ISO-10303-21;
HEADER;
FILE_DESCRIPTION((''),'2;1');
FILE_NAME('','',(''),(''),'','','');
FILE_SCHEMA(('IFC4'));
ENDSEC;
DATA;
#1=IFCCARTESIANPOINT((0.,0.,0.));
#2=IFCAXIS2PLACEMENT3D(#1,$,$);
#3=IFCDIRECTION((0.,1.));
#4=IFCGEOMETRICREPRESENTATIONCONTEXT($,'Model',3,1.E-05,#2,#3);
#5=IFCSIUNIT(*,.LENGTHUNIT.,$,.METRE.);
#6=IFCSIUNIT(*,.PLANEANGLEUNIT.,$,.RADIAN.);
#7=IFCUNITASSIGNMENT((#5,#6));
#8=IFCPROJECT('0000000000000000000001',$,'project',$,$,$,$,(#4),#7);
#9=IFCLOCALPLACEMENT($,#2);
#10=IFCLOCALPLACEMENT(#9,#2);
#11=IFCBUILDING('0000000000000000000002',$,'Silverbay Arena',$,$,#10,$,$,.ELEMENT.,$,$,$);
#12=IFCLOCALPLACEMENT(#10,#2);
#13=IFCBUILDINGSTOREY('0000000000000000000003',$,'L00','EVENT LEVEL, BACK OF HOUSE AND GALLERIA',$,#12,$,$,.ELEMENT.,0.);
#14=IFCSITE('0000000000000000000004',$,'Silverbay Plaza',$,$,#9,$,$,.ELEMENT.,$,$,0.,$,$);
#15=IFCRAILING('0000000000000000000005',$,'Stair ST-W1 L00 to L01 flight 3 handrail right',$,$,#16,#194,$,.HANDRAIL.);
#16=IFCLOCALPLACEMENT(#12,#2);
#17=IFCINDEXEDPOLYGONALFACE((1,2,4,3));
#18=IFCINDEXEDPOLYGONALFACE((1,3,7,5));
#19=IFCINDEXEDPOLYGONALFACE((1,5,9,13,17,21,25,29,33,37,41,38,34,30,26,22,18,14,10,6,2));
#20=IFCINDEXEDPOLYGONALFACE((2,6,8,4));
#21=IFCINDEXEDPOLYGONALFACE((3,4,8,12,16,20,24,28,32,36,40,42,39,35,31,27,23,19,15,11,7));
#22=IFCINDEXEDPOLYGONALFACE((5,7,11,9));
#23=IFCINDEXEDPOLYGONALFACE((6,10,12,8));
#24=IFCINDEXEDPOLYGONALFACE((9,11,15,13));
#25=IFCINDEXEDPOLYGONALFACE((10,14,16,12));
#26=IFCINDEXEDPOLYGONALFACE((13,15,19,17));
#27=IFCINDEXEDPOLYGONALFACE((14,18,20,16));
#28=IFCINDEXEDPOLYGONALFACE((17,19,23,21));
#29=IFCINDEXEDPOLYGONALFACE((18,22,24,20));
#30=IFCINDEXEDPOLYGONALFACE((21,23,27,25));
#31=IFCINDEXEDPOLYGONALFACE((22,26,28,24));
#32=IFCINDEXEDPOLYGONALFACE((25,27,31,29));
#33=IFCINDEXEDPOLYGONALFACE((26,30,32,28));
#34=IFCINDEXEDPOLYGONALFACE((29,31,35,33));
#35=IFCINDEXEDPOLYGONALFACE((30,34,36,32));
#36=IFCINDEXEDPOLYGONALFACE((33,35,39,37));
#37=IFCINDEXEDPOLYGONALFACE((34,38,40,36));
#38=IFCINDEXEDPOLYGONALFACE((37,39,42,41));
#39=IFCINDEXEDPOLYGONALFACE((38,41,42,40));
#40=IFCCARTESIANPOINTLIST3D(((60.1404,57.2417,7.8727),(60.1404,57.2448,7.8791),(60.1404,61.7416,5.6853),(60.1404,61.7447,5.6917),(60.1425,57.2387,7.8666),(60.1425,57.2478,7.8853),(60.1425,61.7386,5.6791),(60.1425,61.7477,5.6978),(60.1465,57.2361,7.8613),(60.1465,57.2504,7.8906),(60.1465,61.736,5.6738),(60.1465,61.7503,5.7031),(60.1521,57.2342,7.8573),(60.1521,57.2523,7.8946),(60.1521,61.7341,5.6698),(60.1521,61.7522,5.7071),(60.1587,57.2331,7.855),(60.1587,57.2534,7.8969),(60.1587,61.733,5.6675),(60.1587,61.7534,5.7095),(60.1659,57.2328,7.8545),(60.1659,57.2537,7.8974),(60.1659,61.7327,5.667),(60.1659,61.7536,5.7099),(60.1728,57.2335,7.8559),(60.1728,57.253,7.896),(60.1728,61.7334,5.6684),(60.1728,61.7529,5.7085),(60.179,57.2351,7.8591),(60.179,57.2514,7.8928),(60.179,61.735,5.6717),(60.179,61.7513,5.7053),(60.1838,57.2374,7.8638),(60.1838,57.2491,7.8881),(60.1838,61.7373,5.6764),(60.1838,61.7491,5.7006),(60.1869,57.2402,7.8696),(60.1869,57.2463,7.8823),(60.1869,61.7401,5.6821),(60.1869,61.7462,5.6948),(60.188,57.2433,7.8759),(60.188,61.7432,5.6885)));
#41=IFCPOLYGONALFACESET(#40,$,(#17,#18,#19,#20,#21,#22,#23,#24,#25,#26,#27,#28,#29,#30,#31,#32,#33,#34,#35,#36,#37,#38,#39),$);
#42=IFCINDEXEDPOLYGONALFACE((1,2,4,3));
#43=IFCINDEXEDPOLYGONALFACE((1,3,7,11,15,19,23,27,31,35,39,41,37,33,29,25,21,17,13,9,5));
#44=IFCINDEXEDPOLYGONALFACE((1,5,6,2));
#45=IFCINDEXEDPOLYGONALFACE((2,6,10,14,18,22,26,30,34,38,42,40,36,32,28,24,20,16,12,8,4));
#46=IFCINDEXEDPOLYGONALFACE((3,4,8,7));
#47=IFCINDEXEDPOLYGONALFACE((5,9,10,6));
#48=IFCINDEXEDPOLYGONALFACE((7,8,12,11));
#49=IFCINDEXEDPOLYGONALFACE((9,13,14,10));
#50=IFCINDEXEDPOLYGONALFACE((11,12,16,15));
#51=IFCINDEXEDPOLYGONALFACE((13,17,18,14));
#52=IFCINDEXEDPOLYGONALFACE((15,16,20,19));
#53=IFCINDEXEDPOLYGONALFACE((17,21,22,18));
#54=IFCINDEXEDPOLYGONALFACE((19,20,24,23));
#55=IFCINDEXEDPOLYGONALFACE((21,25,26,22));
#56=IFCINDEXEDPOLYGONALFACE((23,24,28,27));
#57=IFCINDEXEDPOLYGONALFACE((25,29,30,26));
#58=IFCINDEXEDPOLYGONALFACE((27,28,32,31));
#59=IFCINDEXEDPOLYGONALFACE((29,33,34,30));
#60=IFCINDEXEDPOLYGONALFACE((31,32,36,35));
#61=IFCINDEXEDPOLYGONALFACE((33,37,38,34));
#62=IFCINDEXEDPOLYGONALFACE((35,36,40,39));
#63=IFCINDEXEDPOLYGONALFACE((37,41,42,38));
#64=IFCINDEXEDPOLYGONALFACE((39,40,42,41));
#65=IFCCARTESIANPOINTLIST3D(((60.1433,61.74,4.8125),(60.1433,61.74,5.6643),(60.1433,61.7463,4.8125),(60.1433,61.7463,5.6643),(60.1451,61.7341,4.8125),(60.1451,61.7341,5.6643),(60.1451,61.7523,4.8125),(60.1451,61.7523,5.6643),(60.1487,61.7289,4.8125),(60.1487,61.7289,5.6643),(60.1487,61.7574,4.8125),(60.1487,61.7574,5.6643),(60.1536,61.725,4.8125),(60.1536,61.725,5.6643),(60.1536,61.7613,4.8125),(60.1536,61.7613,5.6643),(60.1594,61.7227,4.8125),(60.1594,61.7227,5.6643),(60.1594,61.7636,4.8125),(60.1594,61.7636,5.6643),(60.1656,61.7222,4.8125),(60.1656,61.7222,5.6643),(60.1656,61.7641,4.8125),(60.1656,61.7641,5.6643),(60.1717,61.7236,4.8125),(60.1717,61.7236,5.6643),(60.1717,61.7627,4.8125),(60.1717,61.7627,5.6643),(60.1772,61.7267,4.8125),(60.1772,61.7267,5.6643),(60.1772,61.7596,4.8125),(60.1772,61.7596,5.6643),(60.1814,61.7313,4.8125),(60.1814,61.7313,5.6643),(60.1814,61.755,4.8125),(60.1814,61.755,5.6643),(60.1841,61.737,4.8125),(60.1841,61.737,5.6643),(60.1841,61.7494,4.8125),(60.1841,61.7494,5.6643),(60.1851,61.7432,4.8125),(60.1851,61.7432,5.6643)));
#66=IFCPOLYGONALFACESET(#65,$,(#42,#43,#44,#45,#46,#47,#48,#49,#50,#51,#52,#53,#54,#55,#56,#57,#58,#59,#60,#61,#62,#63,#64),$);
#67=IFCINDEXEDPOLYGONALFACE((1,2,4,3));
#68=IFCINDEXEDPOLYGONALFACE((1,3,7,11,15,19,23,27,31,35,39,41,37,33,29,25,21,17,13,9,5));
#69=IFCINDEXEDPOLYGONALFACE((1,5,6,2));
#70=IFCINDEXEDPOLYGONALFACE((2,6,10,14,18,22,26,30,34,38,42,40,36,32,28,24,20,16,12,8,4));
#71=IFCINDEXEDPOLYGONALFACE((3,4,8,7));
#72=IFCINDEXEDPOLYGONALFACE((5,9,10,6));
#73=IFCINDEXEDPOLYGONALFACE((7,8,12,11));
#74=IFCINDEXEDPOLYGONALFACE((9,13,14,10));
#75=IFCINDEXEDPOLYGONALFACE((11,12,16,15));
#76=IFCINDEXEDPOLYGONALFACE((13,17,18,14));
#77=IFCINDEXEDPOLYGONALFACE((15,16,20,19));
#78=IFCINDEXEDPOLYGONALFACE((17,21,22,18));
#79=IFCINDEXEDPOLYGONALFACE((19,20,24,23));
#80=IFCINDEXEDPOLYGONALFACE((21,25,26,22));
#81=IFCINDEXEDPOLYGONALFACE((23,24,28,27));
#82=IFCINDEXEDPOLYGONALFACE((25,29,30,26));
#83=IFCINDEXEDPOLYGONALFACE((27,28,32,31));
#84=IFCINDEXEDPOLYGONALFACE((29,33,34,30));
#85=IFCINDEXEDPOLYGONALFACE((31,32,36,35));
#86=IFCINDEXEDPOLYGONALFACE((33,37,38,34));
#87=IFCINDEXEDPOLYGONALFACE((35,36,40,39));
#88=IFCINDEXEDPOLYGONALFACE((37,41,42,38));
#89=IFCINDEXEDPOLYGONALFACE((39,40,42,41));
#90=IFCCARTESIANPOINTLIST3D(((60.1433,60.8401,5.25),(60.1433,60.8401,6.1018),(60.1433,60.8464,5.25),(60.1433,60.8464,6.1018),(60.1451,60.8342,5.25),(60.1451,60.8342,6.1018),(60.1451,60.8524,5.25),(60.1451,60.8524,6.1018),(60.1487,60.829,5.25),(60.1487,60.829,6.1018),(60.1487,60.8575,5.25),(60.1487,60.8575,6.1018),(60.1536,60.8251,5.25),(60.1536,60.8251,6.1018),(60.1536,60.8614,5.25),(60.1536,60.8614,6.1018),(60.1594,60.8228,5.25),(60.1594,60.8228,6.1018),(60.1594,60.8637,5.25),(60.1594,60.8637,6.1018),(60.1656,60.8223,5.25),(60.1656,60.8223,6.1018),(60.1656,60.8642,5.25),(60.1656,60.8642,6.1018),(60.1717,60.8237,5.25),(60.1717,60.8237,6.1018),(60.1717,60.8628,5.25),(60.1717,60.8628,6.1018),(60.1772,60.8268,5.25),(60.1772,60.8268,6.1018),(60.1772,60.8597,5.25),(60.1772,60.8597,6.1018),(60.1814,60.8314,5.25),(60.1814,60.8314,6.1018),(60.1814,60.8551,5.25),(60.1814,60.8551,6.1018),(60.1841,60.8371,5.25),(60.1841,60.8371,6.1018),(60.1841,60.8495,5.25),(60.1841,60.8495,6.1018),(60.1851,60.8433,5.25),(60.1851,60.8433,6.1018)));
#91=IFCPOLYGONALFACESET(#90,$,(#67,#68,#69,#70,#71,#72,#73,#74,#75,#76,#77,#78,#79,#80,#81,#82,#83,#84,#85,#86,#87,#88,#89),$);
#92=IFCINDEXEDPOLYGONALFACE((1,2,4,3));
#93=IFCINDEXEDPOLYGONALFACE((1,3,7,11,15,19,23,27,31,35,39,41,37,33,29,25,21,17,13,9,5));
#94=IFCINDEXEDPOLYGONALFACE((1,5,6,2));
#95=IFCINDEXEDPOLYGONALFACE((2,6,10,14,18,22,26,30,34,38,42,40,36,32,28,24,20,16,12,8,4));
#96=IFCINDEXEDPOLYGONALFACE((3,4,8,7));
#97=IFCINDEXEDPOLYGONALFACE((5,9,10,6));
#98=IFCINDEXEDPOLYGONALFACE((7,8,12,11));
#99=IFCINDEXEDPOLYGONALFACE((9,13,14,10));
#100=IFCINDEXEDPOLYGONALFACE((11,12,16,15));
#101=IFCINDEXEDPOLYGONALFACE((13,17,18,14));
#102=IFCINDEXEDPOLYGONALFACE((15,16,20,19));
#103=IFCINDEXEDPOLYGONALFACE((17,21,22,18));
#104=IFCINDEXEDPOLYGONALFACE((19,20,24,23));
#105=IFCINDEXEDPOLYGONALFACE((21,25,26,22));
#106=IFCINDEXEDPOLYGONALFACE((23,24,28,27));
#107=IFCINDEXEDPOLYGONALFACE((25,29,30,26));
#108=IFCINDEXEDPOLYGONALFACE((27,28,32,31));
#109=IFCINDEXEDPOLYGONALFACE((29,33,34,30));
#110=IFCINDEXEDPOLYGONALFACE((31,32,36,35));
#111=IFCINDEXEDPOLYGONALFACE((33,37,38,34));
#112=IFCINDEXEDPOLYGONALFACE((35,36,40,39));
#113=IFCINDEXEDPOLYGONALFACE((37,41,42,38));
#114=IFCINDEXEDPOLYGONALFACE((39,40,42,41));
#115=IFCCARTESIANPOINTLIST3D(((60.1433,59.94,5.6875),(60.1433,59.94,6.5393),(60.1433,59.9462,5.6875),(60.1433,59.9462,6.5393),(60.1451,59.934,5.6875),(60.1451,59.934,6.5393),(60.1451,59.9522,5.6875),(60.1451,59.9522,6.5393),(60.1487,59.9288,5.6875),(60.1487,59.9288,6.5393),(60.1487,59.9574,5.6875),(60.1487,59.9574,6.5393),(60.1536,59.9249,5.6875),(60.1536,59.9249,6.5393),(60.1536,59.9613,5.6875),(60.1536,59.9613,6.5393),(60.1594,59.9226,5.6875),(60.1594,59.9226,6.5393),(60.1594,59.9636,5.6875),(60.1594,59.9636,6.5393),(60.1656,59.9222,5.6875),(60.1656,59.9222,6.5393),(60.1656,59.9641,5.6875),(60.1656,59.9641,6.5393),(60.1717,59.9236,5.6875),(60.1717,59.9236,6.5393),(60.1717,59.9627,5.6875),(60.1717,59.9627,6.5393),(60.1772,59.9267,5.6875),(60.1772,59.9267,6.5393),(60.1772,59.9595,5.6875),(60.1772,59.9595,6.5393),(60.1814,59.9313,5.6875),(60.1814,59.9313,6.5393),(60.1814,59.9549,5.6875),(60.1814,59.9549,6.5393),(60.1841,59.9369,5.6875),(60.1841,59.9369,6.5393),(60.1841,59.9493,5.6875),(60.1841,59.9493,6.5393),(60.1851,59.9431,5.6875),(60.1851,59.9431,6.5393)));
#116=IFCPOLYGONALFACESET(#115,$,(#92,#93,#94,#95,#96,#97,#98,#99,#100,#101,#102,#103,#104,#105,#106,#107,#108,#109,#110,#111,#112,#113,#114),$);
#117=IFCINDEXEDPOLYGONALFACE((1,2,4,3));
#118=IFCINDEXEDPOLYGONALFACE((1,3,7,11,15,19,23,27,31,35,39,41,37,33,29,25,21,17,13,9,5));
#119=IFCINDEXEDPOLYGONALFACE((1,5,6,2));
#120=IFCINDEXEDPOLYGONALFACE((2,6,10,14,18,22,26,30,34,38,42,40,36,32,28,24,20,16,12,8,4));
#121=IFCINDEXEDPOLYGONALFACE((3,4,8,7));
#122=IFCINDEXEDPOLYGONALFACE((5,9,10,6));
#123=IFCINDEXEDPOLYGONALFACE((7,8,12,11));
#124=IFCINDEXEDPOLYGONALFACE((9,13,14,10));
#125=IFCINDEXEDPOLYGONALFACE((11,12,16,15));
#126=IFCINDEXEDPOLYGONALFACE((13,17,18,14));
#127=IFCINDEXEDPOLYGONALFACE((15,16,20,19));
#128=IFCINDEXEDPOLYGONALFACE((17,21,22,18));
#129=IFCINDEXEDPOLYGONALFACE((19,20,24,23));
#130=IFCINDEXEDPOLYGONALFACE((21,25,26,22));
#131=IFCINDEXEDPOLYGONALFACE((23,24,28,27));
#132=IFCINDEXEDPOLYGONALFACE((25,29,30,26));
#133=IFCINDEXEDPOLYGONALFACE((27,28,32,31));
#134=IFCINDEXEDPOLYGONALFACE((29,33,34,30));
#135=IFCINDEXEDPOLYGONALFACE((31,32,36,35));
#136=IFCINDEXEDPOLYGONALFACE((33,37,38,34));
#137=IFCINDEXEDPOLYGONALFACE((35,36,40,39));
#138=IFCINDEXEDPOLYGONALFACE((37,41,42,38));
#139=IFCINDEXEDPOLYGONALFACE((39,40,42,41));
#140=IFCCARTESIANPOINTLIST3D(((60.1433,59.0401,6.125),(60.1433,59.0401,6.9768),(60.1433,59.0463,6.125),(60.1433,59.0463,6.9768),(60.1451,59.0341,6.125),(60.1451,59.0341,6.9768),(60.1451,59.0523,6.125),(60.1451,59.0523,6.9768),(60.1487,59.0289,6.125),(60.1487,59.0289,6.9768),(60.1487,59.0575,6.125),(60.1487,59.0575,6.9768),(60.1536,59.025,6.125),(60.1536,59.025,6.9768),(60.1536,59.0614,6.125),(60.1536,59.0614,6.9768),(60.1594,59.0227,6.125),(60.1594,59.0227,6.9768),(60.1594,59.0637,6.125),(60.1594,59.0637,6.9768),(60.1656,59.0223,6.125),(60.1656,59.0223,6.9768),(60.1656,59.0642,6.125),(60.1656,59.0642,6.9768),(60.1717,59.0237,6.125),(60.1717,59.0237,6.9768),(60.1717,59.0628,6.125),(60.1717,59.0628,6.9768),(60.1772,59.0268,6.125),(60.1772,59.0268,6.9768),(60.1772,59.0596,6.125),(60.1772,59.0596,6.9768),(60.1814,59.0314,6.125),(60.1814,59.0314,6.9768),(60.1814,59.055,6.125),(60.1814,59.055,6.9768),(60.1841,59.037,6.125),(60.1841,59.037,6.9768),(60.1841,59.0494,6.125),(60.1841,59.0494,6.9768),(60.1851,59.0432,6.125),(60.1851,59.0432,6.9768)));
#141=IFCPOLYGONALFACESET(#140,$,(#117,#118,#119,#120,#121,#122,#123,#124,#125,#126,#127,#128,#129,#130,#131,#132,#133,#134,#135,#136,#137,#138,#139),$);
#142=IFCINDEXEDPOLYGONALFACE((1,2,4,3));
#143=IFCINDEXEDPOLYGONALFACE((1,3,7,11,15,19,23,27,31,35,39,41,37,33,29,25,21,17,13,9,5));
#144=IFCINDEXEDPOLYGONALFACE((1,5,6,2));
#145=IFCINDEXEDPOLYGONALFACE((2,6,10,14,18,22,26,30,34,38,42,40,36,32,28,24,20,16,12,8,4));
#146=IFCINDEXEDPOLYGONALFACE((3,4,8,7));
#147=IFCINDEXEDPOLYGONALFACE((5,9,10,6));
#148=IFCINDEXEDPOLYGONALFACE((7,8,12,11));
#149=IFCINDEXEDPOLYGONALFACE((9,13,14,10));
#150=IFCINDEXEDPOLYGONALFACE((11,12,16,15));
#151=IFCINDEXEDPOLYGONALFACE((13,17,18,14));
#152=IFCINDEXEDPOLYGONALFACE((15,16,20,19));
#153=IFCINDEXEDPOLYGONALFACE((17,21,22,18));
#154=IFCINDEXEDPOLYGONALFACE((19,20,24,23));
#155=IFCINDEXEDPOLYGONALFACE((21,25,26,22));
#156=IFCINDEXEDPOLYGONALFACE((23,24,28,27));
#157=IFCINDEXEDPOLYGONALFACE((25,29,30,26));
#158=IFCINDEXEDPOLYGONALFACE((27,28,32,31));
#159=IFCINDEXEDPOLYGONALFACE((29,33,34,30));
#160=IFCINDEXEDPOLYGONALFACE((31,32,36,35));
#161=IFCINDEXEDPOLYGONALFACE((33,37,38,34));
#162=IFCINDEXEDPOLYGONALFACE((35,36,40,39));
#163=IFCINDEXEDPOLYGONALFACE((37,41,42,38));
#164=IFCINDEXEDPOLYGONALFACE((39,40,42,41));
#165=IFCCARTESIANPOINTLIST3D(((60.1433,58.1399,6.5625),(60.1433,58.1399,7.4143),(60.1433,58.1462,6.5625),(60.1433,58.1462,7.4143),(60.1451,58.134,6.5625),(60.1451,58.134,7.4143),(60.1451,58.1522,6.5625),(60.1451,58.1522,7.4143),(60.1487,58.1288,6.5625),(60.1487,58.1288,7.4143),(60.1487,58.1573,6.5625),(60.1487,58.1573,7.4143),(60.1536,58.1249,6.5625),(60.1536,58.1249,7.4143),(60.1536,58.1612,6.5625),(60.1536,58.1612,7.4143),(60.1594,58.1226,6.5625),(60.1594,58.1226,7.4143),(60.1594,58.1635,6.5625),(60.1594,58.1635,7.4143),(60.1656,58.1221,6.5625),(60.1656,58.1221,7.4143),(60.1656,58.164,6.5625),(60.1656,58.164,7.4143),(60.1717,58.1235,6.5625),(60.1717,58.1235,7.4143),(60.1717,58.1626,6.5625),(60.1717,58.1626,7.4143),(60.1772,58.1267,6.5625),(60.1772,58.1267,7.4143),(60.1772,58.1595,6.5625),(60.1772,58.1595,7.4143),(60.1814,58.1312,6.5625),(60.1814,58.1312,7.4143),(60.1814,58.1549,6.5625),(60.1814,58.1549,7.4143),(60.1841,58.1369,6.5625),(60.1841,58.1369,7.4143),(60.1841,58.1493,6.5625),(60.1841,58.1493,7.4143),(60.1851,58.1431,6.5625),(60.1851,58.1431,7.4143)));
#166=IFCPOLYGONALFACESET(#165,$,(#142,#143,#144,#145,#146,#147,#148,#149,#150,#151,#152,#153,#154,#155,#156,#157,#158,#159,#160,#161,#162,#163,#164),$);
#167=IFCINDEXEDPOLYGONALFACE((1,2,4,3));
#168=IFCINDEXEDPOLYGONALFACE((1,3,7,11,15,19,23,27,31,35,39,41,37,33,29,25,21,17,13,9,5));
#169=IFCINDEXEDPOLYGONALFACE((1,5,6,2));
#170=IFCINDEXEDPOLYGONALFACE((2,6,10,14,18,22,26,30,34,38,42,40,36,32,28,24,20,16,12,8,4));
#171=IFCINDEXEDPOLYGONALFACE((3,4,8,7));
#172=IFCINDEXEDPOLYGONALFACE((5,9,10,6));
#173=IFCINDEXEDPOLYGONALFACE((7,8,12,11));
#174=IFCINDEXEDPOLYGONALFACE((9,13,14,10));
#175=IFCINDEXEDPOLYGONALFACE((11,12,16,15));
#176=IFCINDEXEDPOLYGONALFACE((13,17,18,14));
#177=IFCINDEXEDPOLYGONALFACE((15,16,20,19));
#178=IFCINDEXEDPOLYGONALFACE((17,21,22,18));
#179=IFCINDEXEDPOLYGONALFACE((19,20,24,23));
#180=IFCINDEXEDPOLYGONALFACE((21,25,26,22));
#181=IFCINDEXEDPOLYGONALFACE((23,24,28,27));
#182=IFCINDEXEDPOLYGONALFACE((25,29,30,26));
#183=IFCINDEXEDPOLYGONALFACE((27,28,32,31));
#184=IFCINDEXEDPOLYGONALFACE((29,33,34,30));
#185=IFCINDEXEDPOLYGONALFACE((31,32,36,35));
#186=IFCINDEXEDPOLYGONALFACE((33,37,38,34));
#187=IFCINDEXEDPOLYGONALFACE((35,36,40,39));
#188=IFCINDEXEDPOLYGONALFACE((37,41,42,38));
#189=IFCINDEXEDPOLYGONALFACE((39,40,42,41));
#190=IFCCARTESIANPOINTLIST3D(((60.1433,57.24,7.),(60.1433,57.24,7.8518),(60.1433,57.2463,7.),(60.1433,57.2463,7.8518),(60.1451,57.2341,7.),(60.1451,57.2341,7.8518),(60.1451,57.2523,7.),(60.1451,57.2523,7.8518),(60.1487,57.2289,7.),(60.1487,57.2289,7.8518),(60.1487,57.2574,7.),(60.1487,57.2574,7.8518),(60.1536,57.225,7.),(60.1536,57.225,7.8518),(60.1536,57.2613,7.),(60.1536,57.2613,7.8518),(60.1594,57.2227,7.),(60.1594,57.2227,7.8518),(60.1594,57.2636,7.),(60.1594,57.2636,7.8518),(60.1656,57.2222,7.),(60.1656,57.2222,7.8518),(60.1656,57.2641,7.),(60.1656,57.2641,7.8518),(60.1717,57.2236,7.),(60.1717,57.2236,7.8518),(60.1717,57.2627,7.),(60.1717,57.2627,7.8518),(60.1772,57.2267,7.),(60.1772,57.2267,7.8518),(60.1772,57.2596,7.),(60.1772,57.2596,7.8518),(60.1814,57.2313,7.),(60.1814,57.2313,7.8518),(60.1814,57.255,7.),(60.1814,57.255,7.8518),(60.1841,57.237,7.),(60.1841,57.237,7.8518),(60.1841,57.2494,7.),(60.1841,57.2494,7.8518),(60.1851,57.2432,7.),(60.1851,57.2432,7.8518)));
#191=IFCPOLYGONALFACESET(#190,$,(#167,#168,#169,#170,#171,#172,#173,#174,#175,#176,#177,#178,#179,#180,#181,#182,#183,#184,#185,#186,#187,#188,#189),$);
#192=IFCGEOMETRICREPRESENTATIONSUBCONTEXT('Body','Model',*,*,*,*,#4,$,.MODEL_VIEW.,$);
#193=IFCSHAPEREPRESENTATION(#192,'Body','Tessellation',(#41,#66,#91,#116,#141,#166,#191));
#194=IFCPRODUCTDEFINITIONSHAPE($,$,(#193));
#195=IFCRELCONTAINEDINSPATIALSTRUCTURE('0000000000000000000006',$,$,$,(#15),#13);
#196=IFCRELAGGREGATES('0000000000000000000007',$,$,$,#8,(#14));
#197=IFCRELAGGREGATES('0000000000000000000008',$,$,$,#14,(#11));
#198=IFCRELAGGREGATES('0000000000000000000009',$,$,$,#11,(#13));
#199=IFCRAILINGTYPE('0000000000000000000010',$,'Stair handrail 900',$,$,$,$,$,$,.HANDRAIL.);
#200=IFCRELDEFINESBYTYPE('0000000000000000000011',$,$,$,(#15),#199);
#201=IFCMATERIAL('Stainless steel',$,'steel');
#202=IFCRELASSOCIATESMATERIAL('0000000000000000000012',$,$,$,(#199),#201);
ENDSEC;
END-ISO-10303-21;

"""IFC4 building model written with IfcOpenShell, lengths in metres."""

from ifc_helpers import new_model, si_unit, direction, frame, origin, origin_2d, place, context, subcontext, project, spatial, circle, extrude, material, type_object, element, save


model = new_model("IFC4")

# Units and contexts
model_context = context("Model", 3, precision=1e-05, world=origin(), true_north=direction((0.0, 1.0)))
body_context = subcontext(model_context, "Body", "Model", "MODEL_VIEW")
ifc_project = project(units=[si_unit("LENGTHUNIT", "METRE"), si_unit("PLANEANGLEUNIT", "RADIAN")], contexts=[model_context])

# Site, building, storey
site_placement = place(None, origin())
site = spatial("IfcSite", under=ifc_project, at=site_placement, Name="Silverbay Plaza", CompositionType="ELEMENT", RefElevation=0.0)
building_placement = place(site_placement, origin())
building = spatial("IfcBuilding", under=site, at=building_placement, Name="Silverbay Arena", CompositionType="ELEMENT")
storey_placement = place(building_placement, origin())
storey = spatial("IfcBuildingStorey", under=building, at=storey_placement, Name="L00", Description="EVENT LEVEL, BACK OF HOUSE AND GALLERIA", CompositionType="ELEMENT", Elevation=0.0)

# Railing
ifc_material_1 = material(Name="Stainless steel", Category="steel")
railing_type_1 = type_object("IfcRailingType", Name="Stair handrail 900", PredefinedType="HANDRAIL", material=ifc_material_1)
for number, where, name in (
    (1, (60.1641, 61.7432, 4.8125), "Stair ST-W1 L00 to L01 flight 3 handrail right"),
):
    element("IfcRailing", number, at=place(storey_placement, frame(where)), inside=storey, type_object=railing_type_1, Name=name, PredefinedType="HANDRAIL", context=body_context, shape_type="SweptSolid", body=[
        extrude(circle(Radius=0.0239, at=origin_2d()), frame((0.0, 0.0, 0.876), z_axis=(0.0, -0.899368, 0.437193), x_axis=(1.0, 0.0, 0.0)), (0.0, 0.0, 1.0), 5.0034),
        extrude(circle(Radius=0.021, at=origin_2d()), origin(), (0.0, 0.0, 1.0), 0.8518),
        extrude(circle(Radius=0.021, at=origin_2d()), frame((0.0, -0.8999, 0.4375)), (0.0, 0.0, 1.0), 0.8518),
        extrude(circle(Radius=0.021, at=origin_2d()), frame((0.0, -1.8, 0.875)), (0.0, 0.0, 1.0), 0.8518),
        extrude(circle(Radius=0.021, at=origin_2d()), frame((0.0, -2.7, 1.3125)), (0.0, 0.0, 1.0), 0.8518),
        extrude(circle(Radius=0.021, at=origin_2d()), frame((0.0, -3.6001, 1.75)), (0.0, 0.0, 1.0), 0.8518),
        extrude(circle(Radius=0.021, at=origin_2d()), frame((0.0, -4.5, 2.1875)), (0.0, 0.0, 1.0), 0.8518),
    ])

save(model, "model.ifc")
